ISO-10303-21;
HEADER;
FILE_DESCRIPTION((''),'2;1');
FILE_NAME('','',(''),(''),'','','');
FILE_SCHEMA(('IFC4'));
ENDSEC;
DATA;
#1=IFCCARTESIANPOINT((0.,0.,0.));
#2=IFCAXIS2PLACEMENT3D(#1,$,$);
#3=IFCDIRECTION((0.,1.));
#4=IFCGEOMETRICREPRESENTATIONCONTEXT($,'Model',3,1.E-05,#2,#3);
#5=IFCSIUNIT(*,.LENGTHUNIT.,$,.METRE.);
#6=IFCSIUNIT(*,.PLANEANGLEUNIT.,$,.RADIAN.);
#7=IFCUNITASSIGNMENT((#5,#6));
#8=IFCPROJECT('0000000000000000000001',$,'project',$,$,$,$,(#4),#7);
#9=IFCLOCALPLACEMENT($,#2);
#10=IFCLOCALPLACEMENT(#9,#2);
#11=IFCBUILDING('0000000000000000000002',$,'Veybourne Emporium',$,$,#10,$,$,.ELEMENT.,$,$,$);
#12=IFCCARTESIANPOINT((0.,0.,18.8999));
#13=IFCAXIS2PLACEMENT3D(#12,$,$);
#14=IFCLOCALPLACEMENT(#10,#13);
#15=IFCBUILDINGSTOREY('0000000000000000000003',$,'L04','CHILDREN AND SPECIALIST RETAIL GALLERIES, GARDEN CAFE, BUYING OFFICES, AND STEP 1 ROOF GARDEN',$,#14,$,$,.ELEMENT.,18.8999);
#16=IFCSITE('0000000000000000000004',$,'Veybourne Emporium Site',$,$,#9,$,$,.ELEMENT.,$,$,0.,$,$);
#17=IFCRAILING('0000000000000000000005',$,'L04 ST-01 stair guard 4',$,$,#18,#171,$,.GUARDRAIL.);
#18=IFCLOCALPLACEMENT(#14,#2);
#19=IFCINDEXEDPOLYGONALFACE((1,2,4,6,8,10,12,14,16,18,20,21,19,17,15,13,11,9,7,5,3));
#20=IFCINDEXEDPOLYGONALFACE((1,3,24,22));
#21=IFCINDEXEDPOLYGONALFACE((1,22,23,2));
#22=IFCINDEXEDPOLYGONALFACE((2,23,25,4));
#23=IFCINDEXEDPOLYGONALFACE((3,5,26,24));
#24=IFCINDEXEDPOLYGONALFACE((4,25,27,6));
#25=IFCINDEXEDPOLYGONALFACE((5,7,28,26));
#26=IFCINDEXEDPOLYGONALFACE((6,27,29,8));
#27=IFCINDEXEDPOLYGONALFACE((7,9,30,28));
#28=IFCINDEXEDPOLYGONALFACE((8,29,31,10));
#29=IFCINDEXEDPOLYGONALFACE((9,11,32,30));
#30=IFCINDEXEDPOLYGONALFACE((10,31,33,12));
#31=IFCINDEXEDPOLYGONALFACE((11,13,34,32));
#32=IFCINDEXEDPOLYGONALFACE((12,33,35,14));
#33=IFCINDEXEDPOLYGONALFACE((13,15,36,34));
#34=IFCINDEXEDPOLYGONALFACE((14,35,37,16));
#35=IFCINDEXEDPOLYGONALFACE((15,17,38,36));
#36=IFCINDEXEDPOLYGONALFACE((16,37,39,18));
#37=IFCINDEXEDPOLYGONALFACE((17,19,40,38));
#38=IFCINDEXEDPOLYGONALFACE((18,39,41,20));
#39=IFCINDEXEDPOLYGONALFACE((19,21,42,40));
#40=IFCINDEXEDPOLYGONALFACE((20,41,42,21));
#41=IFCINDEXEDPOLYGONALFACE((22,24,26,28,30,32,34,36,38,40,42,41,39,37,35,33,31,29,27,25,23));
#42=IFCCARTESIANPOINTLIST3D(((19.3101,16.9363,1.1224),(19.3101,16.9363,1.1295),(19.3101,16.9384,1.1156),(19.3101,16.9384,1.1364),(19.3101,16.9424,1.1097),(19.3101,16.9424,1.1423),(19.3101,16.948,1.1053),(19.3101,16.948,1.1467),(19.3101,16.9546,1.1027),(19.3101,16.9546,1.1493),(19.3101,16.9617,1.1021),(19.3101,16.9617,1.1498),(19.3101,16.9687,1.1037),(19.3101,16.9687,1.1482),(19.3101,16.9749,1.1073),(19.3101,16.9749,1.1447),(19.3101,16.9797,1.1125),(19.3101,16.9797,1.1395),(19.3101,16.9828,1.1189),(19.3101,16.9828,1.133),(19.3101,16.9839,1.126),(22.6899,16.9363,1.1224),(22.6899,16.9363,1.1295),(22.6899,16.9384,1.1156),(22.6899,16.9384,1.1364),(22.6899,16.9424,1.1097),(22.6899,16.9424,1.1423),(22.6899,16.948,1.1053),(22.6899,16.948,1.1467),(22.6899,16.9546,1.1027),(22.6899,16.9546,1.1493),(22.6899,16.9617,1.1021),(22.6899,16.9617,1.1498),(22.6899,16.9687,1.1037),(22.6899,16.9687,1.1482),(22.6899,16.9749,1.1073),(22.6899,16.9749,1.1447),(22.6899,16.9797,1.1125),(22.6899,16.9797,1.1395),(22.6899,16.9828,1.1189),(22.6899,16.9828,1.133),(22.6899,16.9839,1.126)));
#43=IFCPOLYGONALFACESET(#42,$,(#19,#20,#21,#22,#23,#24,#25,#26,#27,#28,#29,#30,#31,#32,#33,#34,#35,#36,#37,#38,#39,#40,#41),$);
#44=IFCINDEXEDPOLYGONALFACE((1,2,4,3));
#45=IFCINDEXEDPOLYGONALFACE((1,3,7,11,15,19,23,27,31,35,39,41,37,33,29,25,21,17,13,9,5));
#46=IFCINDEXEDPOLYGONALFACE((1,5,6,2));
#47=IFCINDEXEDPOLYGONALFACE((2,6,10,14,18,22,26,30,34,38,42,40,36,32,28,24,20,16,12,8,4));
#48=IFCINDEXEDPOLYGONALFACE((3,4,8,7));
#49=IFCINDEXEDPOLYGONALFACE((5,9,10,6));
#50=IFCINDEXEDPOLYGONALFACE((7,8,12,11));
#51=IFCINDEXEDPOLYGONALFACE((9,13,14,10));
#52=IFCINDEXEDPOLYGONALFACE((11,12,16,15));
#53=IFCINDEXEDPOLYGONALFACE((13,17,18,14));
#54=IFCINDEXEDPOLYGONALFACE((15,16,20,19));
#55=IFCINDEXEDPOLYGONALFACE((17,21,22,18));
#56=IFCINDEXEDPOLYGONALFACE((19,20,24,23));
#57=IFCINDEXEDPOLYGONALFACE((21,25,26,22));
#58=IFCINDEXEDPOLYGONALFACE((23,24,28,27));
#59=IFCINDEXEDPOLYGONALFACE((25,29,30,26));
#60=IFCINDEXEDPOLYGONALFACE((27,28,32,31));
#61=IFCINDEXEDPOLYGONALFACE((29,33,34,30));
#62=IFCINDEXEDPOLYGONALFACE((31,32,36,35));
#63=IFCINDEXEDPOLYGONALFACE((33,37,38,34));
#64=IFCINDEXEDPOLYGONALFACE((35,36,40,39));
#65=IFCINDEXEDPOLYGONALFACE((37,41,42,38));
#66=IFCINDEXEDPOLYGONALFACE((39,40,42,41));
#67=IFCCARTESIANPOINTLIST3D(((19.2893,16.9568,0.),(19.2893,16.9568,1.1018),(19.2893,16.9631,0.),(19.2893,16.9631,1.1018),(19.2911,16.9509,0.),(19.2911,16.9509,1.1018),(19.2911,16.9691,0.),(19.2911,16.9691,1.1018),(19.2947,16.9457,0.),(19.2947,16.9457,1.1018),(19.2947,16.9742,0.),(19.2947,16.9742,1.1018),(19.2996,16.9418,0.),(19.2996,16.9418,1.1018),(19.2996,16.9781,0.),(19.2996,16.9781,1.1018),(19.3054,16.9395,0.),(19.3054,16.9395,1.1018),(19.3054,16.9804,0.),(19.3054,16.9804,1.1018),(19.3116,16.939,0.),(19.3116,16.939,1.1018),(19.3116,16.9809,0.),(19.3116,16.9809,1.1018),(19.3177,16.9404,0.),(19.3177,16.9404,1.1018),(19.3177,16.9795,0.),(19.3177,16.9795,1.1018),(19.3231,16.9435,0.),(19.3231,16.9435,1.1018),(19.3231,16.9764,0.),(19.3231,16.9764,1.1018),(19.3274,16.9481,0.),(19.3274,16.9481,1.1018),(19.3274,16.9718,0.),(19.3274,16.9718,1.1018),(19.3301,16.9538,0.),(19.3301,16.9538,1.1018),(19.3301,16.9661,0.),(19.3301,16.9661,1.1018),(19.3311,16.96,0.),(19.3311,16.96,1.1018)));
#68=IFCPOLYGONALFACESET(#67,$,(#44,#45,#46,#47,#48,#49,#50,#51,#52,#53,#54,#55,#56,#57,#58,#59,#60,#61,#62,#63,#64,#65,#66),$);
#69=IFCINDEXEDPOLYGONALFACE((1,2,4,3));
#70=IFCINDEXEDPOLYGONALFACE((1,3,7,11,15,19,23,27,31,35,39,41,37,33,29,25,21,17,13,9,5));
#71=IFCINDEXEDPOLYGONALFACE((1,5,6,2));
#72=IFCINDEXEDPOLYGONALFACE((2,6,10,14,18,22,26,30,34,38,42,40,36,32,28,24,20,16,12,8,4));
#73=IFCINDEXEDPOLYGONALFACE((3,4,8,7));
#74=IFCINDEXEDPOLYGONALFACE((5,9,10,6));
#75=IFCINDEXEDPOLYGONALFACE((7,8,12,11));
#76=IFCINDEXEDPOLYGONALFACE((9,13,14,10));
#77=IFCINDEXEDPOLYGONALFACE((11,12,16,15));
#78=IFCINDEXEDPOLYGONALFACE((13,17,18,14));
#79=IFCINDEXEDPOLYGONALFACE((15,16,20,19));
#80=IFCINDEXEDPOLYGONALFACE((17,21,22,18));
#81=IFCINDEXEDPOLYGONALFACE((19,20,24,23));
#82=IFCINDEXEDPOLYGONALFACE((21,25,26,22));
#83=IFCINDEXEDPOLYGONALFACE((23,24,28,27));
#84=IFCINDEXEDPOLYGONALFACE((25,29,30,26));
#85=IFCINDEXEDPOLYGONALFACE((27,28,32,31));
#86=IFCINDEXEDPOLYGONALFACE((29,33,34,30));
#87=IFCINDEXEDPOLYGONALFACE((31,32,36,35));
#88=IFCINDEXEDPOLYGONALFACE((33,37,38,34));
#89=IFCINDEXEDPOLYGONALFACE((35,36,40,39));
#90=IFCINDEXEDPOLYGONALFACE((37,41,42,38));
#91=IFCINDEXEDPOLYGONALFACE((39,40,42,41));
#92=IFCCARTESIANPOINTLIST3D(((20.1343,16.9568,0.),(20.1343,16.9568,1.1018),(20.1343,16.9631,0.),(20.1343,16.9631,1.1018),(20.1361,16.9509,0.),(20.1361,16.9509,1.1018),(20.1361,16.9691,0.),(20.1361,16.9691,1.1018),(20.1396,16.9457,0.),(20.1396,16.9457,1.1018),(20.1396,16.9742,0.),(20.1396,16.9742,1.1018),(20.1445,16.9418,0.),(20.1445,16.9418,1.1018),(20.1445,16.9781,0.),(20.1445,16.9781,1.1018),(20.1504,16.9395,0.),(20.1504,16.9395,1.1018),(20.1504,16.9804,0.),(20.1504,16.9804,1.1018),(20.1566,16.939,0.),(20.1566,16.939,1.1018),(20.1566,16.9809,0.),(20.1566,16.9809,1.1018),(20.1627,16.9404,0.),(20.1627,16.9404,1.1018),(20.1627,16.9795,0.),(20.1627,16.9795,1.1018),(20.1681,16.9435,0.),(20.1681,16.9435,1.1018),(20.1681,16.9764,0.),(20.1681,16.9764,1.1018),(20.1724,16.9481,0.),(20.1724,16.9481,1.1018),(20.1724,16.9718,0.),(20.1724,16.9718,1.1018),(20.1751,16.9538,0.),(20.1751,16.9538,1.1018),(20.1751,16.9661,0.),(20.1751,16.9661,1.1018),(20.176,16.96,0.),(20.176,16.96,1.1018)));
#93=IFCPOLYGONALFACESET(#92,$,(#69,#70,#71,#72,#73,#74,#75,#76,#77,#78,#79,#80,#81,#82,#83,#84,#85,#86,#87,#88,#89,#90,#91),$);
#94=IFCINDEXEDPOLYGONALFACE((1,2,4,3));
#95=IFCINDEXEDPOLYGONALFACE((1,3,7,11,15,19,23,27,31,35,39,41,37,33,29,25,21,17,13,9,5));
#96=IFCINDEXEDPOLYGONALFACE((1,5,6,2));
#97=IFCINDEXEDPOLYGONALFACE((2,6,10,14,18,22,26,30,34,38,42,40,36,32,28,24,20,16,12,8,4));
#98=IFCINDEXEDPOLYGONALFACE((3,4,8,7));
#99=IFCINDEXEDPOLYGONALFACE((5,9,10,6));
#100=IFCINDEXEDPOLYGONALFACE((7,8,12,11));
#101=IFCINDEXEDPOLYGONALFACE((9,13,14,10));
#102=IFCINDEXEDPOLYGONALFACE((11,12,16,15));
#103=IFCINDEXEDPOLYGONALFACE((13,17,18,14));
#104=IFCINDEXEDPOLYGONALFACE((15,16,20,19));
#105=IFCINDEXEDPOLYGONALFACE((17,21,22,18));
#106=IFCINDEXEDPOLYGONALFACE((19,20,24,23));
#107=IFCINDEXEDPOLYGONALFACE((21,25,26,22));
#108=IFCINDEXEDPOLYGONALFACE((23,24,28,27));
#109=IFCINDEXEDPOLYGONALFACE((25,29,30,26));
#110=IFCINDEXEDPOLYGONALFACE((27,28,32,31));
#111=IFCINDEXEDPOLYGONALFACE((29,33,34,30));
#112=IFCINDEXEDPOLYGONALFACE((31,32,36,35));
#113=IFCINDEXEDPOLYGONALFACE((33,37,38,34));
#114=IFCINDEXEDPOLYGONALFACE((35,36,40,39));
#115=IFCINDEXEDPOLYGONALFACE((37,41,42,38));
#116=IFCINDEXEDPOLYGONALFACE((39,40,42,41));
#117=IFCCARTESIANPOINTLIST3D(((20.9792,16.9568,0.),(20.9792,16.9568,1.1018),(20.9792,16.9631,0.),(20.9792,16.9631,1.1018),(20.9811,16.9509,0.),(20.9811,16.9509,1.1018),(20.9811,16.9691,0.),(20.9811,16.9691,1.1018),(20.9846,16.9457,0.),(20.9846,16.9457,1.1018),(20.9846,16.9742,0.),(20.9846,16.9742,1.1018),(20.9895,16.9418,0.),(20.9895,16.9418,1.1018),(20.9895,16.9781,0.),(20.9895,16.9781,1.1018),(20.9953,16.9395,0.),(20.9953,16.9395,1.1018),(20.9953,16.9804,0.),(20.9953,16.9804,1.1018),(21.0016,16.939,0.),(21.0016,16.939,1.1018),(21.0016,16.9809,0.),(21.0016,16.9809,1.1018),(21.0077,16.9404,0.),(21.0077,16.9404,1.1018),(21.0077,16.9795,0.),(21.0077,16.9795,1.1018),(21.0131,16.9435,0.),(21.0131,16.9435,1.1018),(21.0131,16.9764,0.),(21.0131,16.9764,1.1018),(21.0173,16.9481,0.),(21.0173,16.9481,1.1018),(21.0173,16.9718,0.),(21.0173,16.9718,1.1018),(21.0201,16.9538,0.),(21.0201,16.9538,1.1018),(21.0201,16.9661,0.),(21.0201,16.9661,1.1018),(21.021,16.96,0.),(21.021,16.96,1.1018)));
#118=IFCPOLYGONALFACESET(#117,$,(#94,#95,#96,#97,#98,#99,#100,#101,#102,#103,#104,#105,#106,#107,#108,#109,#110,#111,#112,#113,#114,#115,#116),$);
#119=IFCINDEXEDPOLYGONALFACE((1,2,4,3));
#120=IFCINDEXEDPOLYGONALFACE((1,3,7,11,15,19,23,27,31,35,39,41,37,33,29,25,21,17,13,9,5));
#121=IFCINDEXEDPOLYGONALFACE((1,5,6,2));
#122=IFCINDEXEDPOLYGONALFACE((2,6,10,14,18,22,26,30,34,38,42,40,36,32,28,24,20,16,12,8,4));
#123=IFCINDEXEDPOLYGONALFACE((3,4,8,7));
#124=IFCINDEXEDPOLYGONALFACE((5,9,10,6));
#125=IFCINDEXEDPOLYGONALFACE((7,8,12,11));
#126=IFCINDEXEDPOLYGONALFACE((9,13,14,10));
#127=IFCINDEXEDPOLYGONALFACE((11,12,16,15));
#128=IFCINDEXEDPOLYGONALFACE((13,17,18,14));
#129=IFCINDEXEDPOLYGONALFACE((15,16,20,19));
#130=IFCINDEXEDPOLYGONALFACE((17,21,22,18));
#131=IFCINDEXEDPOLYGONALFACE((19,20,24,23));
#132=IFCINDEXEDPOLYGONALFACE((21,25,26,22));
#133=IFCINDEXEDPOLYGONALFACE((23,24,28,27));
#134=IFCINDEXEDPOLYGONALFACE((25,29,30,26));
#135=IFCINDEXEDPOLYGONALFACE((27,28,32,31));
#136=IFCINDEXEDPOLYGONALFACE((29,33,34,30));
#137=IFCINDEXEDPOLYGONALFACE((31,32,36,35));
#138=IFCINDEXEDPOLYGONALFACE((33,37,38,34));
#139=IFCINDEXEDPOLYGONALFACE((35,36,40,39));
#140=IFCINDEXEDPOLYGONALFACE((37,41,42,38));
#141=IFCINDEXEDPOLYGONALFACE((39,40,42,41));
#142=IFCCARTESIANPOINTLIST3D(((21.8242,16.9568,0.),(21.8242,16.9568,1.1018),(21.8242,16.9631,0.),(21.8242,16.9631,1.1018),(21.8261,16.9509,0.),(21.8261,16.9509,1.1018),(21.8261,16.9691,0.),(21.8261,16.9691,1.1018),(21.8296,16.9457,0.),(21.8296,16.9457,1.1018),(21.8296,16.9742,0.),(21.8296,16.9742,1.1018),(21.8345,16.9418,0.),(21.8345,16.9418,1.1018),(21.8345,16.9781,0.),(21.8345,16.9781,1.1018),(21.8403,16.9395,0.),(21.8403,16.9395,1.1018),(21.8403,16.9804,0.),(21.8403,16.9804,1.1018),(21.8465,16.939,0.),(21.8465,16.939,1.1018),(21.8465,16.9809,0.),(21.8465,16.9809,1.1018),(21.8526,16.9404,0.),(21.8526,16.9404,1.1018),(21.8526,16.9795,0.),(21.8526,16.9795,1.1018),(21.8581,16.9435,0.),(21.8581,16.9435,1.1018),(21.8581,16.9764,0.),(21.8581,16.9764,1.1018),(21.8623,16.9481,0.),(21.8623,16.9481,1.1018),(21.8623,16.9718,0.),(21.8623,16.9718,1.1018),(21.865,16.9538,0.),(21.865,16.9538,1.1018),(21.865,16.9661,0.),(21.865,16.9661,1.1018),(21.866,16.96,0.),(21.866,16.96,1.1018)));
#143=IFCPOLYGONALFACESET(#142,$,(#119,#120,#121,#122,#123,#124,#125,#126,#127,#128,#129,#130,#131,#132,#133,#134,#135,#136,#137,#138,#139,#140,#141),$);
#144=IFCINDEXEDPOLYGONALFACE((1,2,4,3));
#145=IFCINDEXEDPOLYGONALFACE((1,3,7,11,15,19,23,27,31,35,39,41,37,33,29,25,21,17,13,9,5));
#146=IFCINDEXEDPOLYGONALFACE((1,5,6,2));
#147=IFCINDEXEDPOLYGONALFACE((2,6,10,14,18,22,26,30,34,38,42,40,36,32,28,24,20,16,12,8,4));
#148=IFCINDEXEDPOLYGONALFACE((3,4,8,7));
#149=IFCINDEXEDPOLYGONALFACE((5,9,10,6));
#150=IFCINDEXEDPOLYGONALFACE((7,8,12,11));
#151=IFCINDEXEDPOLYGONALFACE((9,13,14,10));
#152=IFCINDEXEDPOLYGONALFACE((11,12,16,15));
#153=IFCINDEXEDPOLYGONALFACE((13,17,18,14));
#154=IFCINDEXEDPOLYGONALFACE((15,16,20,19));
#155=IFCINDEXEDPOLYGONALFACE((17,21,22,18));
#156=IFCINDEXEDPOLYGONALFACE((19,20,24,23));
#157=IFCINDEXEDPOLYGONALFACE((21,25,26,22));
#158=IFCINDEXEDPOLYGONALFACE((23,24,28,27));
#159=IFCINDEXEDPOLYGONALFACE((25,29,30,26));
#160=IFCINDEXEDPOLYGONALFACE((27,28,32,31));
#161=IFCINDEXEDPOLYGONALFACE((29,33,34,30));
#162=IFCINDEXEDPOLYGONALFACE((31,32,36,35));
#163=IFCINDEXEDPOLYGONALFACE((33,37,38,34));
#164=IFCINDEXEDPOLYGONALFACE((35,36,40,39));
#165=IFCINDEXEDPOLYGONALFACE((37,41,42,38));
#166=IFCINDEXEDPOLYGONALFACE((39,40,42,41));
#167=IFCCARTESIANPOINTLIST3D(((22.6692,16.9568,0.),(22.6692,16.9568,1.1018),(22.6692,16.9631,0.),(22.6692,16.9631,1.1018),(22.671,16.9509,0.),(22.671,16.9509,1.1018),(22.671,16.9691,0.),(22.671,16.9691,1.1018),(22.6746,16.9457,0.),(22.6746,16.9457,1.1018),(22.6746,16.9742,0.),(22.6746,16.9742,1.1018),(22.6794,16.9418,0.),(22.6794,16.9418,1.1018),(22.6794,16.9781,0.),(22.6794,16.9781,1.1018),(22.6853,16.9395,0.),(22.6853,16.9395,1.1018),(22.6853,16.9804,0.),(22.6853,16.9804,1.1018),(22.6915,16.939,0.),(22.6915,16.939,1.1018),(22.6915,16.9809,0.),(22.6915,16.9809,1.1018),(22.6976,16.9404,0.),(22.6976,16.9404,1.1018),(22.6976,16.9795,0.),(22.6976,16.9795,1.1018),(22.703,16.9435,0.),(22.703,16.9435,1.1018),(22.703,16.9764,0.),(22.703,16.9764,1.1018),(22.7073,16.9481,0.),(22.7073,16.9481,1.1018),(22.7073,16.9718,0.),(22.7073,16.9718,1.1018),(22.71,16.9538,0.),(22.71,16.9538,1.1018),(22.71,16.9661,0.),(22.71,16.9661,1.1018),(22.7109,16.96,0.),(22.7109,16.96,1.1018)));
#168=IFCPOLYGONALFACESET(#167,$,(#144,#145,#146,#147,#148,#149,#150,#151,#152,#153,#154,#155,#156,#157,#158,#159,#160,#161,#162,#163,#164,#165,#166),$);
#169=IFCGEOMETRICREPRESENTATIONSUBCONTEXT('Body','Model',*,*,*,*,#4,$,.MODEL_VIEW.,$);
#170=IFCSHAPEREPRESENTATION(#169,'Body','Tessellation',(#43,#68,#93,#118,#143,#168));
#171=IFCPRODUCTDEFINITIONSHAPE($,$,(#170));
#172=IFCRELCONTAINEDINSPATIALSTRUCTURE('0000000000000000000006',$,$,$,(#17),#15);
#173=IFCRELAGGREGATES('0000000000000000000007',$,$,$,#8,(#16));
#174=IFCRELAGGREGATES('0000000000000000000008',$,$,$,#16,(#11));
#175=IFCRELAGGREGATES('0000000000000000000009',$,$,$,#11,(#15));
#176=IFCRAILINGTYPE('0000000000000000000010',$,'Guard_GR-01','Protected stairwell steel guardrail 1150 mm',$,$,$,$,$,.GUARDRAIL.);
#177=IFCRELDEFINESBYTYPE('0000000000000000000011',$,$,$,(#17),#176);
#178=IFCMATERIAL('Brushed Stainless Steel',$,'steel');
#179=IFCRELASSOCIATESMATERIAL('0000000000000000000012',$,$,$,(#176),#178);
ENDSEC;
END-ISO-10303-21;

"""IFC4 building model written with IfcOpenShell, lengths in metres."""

from ifc_helpers import new_model, si_unit, direction, frame, origin, origin_2d, place, context, subcontext, project, spatial, circle, extrude, material, type_object, element, save


model = new_model("IFC4")

# Units and contexts
model_context = context("Model", 3, precision=1e-05, world=origin(), true_north=direction((0.0, 1.0)))
body_context = subcontext(model_context, "Body", "Model", "MODEL_VIEW")
ifc_project = project(units=[si_unit("LENGTHUNIT", "METRE"), si_unit("PLANEANGLEUNIT", "RADIAN")], contexts=[model_context])

# Site, building, storey
site_placement = place(None, origin())
site = spatial("IfcSite", under=ifc_project, at=site_placement, Name="Veybourne Emporium Site", CompositionType="ELEMENT", RefElevation=0.0)
building_placement = place(site_placement, origin())
building = spatial("IfcBuilding", under=site, at=building_placement, Name="Veybourne Emporium", CompositionType="ELEMENT")
storey_placement = place(building_placement, frame((0.0, 0.0, 18.8999)))
storey = spatial("IfcBuildingStorey", under=building, at=storey_placement, Name="L04", Description="CHILDREN AND SPECIALIST RETAIL GALLERIES, GARDEN CAFE, BUYING OFFICES, AND STEP 1 ROOF GARDEN", CompositionType="ELEMENT", Elevation=18.8999)

# Railing
ifc_material_1 = material(Name="Brushed Stainless Steel", Category="steel")
railing_type_1 = type_object("IfcRailingType", Name="Guard_GR-01", Description="Protected stairwell steel guardrail 1150 mm", PredefinedType="GUARDRAIL", material=ifc_material_1)
railing_1_placement = place(storey_placement, frame((19.3101, 16.96, 0.0)))
element("IfcRailing", 1, at=railing_1_placement, inside=storey, type_object=railing_type_1, Name="L04 ST-01 stair guard 4", PredefinedType="GUARDRAIL", context=body_context, shape_type="SweptSolid", body=[
    extrude(circle(Radius=0.0239, at=origin_2d()), frame((0.0, 0.0, 1.126), z_axis=(1.0, 0.0, 0.0), x_axis=(0.0, 1.0, 0.0)), (0.0, 0.0, 1.0), 3.3799),
    extrude(circle(Radius=0.021, at=origin_2d()), origin(), (0.0, 0.0, 1.0), 1.1018),
    extrude(circle(Radius=0.021, at=origin_2d()), frame((0.845, 0.0, 0.0)), (0.0, 0.0, 1.0), 1.1018),
    extrude(circle(Radius=0.021, at=origin_2d()), frame((1.6899, 0.0, 0.0)), (0.0, 0.0, 1.0), 1.1018),
    extrude(circle(Radius=0.021, at=origin_2d()), frame((2.5349, 0.0, 0.0)), (0.0, 0.0, 1.0), 1.1018),
    extrude(circle(Radius=0.021, at=origin_2d()), frame((3.3799, 0.0, 0.0)), (0.0, 0.0, 1.0), 1.1018),
])

save(model, "model.ifc")
